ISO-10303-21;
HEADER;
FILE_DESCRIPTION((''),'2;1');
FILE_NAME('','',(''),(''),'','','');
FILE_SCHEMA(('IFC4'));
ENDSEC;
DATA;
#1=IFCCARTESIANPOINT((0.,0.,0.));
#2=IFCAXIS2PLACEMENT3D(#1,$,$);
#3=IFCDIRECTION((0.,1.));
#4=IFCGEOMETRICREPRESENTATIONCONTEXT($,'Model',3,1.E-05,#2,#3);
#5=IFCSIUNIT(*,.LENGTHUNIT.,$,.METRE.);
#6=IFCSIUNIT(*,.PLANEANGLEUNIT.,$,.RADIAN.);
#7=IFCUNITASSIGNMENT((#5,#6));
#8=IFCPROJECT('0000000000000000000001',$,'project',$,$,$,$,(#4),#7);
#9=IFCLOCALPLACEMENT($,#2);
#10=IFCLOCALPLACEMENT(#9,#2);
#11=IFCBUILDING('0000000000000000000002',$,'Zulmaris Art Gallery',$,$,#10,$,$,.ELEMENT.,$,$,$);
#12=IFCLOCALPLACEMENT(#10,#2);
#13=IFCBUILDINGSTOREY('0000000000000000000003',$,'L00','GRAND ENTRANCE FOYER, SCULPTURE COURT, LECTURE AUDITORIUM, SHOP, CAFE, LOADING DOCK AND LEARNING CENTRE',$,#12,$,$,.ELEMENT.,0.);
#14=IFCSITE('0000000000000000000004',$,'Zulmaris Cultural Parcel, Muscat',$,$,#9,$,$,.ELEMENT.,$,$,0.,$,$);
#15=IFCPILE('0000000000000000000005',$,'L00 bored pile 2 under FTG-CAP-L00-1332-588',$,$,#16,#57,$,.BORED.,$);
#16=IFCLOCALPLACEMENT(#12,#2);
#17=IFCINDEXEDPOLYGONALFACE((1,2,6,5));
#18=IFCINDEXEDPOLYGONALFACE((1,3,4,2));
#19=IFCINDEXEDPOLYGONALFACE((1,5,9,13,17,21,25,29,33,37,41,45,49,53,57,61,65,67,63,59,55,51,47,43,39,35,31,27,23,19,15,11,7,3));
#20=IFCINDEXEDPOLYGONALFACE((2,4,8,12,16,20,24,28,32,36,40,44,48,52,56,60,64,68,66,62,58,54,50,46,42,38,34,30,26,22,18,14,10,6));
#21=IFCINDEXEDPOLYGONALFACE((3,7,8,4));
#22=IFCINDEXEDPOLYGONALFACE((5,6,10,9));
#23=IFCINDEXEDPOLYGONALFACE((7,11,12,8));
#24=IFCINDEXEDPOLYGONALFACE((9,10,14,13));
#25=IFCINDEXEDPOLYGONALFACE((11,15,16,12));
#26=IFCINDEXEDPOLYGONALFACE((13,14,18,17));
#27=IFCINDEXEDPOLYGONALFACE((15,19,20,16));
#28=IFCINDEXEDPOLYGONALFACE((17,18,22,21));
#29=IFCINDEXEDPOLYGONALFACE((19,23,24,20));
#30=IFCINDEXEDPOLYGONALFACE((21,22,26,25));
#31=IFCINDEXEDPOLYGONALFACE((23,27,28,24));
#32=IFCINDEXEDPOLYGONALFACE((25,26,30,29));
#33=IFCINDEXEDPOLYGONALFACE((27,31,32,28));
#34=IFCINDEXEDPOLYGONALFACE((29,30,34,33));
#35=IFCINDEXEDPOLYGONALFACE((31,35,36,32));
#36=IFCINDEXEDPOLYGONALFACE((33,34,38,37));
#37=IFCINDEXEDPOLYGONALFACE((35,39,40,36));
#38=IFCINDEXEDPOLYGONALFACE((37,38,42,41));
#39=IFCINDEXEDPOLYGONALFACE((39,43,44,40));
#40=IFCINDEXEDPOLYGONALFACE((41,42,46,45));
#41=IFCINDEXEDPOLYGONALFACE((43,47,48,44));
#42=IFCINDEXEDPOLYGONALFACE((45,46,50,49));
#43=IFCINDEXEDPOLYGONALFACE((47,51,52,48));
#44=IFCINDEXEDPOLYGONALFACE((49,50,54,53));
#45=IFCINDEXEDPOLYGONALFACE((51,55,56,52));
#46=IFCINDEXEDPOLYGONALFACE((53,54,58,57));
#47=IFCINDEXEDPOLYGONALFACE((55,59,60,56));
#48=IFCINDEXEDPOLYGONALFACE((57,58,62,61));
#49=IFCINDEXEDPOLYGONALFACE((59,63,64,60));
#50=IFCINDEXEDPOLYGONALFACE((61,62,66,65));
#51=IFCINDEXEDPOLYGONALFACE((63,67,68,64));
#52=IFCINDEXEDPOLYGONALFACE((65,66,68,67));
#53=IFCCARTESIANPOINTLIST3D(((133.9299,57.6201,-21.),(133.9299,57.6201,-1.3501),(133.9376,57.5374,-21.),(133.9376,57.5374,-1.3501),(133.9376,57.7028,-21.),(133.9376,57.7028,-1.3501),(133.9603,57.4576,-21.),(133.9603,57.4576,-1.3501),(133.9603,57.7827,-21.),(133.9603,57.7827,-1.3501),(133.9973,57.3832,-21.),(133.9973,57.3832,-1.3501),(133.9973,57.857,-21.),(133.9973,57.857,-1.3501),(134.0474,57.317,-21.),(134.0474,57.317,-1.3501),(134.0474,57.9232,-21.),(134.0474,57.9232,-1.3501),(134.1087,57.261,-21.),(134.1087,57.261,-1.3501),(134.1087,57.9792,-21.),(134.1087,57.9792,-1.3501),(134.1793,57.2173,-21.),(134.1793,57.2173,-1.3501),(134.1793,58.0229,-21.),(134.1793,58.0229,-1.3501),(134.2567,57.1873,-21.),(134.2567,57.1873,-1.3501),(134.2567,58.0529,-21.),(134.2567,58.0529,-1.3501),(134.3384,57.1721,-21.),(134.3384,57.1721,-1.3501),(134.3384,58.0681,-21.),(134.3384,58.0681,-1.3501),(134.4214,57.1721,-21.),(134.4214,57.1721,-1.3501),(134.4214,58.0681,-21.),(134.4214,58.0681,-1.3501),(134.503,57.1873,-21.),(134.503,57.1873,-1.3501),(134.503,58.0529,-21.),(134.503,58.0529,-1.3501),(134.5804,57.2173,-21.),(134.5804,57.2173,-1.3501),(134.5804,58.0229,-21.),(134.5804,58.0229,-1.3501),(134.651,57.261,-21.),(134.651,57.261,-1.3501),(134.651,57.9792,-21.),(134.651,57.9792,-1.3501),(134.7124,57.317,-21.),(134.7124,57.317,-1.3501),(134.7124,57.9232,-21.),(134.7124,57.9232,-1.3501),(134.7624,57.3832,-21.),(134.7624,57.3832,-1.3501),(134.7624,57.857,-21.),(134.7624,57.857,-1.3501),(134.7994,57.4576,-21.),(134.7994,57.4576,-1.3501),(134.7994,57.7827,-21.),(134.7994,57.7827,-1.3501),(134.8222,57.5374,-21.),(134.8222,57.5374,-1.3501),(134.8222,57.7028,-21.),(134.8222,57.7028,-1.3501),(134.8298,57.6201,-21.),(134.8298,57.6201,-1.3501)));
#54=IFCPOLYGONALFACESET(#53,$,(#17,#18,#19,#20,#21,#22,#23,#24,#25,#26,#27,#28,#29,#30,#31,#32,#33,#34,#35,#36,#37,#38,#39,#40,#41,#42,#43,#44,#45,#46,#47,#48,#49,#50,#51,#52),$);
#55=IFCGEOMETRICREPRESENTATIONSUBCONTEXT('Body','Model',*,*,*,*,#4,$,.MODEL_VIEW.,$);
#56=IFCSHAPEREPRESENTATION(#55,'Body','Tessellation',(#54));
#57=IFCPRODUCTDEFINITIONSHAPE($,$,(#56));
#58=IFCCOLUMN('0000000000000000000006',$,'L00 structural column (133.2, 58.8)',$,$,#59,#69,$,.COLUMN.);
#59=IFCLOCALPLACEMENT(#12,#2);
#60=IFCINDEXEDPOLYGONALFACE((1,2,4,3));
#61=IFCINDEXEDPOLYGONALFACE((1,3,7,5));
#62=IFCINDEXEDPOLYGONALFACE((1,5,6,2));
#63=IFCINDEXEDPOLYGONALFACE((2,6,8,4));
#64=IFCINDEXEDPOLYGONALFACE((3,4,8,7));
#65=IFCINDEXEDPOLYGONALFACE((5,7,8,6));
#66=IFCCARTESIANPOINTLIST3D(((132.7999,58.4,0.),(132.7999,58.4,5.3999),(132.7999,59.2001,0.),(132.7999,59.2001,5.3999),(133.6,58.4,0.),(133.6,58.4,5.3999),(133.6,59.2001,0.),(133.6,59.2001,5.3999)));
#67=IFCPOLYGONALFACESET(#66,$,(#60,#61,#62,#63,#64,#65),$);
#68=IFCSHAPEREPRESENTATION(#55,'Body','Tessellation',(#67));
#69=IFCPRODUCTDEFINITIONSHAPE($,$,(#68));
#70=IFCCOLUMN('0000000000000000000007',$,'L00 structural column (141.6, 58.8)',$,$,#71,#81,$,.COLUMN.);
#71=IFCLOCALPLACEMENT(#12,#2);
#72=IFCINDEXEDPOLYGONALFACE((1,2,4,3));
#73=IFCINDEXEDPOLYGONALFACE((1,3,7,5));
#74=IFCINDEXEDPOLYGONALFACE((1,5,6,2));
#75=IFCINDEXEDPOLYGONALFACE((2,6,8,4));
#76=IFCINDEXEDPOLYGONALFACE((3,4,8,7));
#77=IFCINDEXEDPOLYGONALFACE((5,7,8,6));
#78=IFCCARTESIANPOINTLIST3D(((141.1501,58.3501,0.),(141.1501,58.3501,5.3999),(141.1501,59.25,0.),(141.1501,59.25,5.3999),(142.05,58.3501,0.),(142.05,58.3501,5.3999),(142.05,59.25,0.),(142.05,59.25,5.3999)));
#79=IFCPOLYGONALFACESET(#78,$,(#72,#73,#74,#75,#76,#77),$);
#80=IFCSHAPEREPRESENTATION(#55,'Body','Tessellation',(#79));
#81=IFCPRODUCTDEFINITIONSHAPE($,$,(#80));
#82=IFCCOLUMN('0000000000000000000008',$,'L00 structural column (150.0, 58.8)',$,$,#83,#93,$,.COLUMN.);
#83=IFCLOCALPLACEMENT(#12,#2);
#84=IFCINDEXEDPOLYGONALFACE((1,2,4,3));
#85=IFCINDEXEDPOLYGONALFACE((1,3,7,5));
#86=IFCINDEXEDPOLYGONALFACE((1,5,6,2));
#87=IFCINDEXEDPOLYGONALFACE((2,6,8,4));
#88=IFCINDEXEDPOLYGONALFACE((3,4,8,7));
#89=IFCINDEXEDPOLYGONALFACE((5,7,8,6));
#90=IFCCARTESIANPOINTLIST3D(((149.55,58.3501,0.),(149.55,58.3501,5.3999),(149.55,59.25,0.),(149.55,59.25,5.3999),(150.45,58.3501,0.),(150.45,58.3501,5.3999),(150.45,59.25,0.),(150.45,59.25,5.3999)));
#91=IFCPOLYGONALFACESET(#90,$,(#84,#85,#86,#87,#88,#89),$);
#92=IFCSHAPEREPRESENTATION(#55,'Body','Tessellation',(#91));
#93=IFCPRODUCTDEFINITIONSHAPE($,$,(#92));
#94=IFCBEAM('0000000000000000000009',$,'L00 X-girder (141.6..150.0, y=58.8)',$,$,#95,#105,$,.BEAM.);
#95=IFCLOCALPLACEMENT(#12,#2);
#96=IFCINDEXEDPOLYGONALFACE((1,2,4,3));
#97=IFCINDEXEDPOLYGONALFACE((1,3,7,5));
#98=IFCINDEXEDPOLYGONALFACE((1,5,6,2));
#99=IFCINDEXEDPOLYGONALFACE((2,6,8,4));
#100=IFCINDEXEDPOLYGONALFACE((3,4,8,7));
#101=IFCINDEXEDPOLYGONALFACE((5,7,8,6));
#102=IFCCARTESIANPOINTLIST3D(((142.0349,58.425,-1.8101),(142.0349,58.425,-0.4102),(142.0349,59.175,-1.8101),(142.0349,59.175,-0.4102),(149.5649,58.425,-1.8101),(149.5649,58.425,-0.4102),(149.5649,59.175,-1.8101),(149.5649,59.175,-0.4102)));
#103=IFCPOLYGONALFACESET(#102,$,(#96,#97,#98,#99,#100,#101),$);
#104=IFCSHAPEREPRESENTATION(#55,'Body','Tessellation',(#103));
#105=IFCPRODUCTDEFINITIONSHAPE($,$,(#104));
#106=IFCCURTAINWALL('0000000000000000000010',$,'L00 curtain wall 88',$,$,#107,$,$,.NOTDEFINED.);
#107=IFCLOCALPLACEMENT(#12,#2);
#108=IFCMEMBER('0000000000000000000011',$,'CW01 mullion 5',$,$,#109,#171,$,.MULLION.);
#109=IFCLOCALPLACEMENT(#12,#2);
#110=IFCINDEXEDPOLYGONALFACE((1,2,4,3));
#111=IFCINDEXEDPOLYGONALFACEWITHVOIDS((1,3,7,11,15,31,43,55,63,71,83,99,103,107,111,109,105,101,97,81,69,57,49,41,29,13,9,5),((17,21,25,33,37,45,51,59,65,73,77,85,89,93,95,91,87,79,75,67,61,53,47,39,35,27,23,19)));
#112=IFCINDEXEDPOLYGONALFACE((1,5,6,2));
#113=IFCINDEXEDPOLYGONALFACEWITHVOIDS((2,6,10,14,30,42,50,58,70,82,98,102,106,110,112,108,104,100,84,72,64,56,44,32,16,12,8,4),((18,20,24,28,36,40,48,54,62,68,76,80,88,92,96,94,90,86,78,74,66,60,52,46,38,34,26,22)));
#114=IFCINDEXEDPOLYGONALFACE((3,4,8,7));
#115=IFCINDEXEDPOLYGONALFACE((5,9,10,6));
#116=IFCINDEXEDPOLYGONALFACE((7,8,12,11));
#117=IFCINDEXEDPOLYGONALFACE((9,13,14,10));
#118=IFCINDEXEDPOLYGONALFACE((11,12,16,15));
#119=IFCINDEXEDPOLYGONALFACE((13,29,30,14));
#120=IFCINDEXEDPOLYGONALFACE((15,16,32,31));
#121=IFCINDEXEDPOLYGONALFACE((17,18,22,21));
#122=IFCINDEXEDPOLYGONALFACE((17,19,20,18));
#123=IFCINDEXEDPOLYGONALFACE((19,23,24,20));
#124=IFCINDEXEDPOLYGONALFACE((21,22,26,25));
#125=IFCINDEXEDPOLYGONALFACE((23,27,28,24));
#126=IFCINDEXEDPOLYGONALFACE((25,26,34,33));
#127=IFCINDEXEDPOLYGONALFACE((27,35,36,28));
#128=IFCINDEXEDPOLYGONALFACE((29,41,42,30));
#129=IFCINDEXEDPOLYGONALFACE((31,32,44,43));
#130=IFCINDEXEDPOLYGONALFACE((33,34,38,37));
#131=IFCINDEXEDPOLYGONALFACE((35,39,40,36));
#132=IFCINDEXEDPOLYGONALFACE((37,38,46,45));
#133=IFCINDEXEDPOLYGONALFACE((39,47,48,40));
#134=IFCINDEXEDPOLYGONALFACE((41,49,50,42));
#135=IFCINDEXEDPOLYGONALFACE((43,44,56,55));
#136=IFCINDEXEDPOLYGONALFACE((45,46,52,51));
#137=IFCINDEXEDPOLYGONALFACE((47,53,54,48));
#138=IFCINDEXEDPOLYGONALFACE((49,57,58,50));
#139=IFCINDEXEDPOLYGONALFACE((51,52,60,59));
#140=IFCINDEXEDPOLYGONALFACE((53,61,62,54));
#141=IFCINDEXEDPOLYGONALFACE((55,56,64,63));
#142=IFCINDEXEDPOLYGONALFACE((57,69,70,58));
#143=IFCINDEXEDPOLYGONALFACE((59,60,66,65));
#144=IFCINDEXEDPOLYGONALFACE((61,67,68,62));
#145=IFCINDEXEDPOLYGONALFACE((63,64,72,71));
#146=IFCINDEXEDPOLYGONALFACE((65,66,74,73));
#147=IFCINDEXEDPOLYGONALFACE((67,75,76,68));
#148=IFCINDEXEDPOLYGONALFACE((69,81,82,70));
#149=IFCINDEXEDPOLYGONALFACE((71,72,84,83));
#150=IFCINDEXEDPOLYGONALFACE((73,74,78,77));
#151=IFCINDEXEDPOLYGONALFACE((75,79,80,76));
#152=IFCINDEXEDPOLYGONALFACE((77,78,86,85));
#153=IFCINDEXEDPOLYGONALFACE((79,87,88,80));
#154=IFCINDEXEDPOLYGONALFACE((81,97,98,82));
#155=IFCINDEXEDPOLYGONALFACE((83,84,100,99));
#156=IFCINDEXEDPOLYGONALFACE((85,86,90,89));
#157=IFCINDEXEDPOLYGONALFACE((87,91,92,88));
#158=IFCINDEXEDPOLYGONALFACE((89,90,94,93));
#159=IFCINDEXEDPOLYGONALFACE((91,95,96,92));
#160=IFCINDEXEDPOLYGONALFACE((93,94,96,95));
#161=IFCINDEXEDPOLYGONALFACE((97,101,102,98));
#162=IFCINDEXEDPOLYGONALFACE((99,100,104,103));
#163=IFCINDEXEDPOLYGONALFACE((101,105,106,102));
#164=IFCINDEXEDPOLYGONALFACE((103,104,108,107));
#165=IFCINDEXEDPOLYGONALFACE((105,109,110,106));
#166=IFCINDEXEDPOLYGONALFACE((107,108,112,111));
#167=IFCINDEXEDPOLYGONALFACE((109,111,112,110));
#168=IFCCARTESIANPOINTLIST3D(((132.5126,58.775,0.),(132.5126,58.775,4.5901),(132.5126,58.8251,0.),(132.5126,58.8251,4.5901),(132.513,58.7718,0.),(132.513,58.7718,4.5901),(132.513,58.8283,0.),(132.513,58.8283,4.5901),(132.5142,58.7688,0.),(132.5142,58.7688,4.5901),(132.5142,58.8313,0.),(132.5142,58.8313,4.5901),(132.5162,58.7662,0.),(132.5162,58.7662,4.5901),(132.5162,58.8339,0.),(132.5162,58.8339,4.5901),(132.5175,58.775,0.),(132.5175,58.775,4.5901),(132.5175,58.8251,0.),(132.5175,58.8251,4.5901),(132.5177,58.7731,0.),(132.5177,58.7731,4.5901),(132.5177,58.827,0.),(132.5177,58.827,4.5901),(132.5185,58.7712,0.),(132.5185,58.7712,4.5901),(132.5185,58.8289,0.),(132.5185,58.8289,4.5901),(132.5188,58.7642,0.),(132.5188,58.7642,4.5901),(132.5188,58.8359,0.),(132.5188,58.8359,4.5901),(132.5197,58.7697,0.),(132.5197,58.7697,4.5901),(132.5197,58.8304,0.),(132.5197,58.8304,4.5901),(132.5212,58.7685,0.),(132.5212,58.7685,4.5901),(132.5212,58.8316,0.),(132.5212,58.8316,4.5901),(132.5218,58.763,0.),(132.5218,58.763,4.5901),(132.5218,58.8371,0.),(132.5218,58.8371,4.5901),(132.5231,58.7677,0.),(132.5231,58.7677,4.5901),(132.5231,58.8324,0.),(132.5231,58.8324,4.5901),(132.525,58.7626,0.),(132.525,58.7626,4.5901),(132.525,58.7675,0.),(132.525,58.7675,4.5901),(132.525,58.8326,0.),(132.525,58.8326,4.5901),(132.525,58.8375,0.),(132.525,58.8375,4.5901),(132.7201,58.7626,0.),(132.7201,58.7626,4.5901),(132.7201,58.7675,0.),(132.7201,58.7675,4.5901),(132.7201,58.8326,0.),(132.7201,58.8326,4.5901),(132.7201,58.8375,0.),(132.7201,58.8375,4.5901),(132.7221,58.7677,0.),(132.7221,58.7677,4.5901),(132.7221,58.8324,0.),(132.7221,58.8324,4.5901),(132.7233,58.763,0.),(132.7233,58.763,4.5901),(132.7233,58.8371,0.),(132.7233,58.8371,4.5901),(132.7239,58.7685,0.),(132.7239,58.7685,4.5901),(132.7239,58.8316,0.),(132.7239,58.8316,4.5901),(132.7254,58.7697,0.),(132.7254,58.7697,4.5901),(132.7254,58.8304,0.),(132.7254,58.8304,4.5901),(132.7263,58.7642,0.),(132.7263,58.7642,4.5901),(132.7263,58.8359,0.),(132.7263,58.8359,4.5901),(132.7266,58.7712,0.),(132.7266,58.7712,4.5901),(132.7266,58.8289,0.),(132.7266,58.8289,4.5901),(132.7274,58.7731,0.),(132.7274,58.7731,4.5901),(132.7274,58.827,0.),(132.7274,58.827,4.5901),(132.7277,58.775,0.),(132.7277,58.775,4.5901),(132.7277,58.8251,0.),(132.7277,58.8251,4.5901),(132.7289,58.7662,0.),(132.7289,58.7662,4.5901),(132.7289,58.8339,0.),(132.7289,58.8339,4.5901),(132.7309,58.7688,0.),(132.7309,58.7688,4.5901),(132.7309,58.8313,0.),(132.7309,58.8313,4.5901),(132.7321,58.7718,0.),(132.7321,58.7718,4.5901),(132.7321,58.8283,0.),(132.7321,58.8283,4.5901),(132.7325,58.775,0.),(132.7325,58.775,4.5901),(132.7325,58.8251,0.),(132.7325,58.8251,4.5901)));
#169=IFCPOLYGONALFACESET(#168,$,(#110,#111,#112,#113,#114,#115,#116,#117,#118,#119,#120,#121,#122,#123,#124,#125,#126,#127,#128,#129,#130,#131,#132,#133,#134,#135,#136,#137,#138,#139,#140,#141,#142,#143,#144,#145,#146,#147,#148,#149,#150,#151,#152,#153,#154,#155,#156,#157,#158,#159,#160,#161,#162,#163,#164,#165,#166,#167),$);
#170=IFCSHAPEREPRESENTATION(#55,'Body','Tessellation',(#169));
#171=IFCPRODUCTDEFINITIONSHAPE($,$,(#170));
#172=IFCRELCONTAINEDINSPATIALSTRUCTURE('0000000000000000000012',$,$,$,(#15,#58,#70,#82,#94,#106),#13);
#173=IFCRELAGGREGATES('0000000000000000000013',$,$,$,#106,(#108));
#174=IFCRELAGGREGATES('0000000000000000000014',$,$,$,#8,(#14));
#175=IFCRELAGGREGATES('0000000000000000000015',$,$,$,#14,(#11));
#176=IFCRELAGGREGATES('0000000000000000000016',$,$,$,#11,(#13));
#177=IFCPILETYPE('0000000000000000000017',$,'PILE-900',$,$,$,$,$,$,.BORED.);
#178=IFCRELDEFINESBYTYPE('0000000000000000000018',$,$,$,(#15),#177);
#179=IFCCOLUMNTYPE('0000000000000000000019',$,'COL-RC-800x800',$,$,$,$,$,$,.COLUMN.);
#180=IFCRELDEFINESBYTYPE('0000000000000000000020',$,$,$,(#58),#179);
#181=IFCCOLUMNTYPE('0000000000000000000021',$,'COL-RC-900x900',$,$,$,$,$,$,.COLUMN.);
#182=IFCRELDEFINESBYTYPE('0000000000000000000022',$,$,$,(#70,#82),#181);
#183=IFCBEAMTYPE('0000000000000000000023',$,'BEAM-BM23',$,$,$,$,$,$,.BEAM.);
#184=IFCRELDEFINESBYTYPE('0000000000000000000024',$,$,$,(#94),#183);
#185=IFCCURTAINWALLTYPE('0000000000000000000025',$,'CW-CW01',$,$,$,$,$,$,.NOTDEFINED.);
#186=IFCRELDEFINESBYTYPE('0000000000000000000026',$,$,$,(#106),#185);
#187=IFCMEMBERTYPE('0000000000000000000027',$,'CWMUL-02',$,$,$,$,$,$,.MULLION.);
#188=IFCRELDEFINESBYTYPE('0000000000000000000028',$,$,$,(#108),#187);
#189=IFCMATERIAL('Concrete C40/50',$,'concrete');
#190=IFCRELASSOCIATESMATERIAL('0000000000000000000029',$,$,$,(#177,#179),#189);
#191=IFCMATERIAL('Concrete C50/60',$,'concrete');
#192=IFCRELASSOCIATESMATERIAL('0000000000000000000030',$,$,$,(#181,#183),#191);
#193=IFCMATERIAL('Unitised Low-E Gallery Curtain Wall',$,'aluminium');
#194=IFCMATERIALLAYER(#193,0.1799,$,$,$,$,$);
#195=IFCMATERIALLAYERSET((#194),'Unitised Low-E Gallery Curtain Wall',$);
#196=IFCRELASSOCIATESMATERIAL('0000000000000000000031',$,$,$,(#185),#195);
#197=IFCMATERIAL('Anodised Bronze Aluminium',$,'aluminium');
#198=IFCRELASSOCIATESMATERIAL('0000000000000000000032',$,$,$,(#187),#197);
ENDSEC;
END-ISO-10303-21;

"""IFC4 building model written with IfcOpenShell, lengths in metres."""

from ifc_helpers import new_model, si_unit, direction, frame, origin, origin_2d, place, context, subcontext, project, spatial, rectangle, hollow_rectangle, circle, extrude, material, layer, layer_set, material_profile, profile_set, type_object, element, aggregate, save


model = new_model("IFC4")

# Units and contexts
model_context = context("Model", 3, precision=1e-05, world=origin(), true_north=direction((0.0, 1.0)))
body_context = subcontext(model_context, "Body", "Model", "MODEL_VIEW")
ifc_project = project(units=[si_unit("LENGTHUNIT", "METRE"), si_unit("PLANEANGLEUNIT", "RADIAN")], contexts=[model_context])

# Site, building, storey
site_placement = place(None, origin())
site = spatial("IfcSite", under=ifc_project, at=site_placement, Name="Zulmaris Cultural Parcel, Muscat", CompositionType="ELEMENT", RefElevation=0.0)
building_placement = place(site_placement, origin())
building = spatial("IfcBuilding", under=site, at=building_placement, Name="Zulmaris Art Gallery", CompositionType="ELEMENT")
storey_placement = place(building_placement, origin())
storey = spatial("IfcBuildingStorey", under=building, at=storey_placement, Name="L00", Description="GRAND ENTRANCE FOYER, SCULPTURE COURT, LECTURE AUDITORIUM, SHOP, CAFE, LOADING DOCK AND LEARNING CENTRE", CompositionType="ELEMENT", Elevation=0.0)

# Pile
ifc_material_1 = material(Name="Concrete C40/50", Category="concrete")
ifc_material_profile_1 = material_profile(ifc_material_1, circle(Radius=0.45, at=origin_2d()), Name="PILE DIA 900")
ifc_profile_set_1 = profile_set([ifc_material_profile_1], Name="Concrete C40/50")
pile_type = type_object("IfcPileType", Name="PILE-900", PredefinedType="BORED", material=ifc_profile_set_1)
pile_placement = place(storey_placement, frame((134.3799, 57.6201, -1.3501), z_axis=(0.0, 0.0, -1.0), x_axis=(1.0, 0.0, 0.0)))
element("IfcPile", 1, at=pile_placement, inside=storey, type_object=pile_type, Name="L00 bored pile 2 under FTG-CAP-L00-1332-588", PredefinedType="BORED", context=body_context, shape_type="SweptSolid", body=[
    extrude(circle(Radius=0.45, at=origin_2d()), origin(), (0.0, 0.0, 1.0), 19.6499),
])

# Columns
ifc_material_profile_2 = material_profile(ifc_material_1, rectangle(XDim=0.8, YDim=0.8, at=origin_2d()), Name="RC 800x800")
ifc_profile_set_2 = profile_set([ifc_material_profile_2], Name="Concrete C40/50")
column_type_1 = type_object("IfcColumnType", Name="COL-RC-800x800", PredefinedType="COLUMN", material=ifc_profile_set_2)
column_placement = place(storey_placement, frame((133.2, 58.8, 0.0), z_axis=(0.0, 0.0, 1.0), x_axis=(1.0, 0.0, 0.0)))
element("IfcColumn", 2, at=column_placement, inside=storey, type_object=column_type_1, Name="L00 structural column (133.2, 58.8)", PredefinedType="COLUMN", context=body_context, shape_type="SweptSolid", body=[
    extrude(rectangle(XDim=0.8, YDim=0.8, at=origin_2d()), origin(), (0.0, 0.0, 1.0), 5.3999),
])
ifc_material_2 = material(Name="Concrete C50/60", Category="concrete")
ifc_material_profile_3 = material_profile(ifc_material_2, rectangle(XDim=0.8999, YDim=0.8999, at=origin_2d()), Name="RC 900x900")
ifc_profile_set_3 = profile_set([ifc_material_profile_3], Name="Concrete C50/60")
column_type_2 = type_object("IfcColumnType", Name="COL-RC-900x900", PredefinedType="COLUMN", material=ifc_profile_set_3)
for number, where, z_axis, x_axis, name in (
    (3, (141.6001, 58.8, 0.0), (0.0, 0.0, 1.0), (1.0, 0.0, 0.0), "L00 structural column (141.6, 58.8)"),
    (4, (150.0, 58.8, 0.0), (0.0, 0.0, 1.0), (1.0, 0.0, 0.0), "L00 structural column (150.0, 58.8)"),
):
    element("IfcColumn", number, at=place(storey_placement, frame(where, z_axis=z_axis, x_axis=x_axis)), inside=storey, type_object=column_type_2, Name=name, PredefinedType="COLUMN", context=body_context, shape_type="SweptSolid", body=[
        extrude(rectangle(XDim=0.8999, YDim=0.8999, at=origin_2d()), origin(), (0.0, 0.0, 1.0), 5.3999),
    ])

# Beam
ifc_material_profile_4 = material_profile(ifc_material_2, rectangle(XDim=0.75, YDim=1.3999, at=origin_2d()), Name="RC 750x1400")
ifc_profile_set_4 = profile_set([ifc_material_profile_4], Name="Concrete C50/60")
beam_type = type_object("IfcBeamType", Name="BEAM-BM23", PredefinedType="BEAM", material=ifc_profile_set_4)
beam_placement = place(storey_placement, frame((142.0349, 58.8, -1.1101), z_axis=(1.0, 0.0, 0.0), x_axis=(0.0, 1.0, 0.0)))
element("IfcBeam", 5, at=beam_placement, inside=storey, type_object=beam_type, Name="L00 X-girder (141.6..150.0, y=58.8)", PredefinedType="BEAM", context=body_context, shape_type="SweptSolid", body=[
    extrude(rectangle(XDim=0.75, YDim=1.3999, at=origin_2d()), origin(), (0.0, 0.0, 1.0), 7.53),
])

# Curtain wall, member
ifc_material_3 = material(Name="Unitised Low-E Gallery Curtain Wall", Category="aluminium")
ifc_layer_1 = layer(ifc_material_3, 0.1799)
ifc_layer_set_1 = layer_set([ifc_layer_1], Name="Unitised Low-E Gallery Curtain Wall")
curtain_wall_type = type_object("IfcCurtainWallType", Name="CW-CW01", PredefinedType="NOTDEFINED", material=ifc_layer_set_1)
curtain_wall_1_placement = place(storey_placement, origin())
curtain_wall_1 = element("IfcCurtainWall", 6, at=curtain_wall_1_placement, inside=storey, type_object=curtain_wall_type, Name="L00 curtain wall 88", PredefinedType="NOTDEFINED")
ifc_material_4 = material(Name="Anodised Bronze Aluminium", Category="aluminium")
ifc_material_profile_5 = material_profile(ifc_material_4, hollow_rectangle(XDim=0.075, YDim=0.22, WallThickness=0.0049, InnerFilletRadius=0.0076, OuterFilletRadius=0.0125, at=origin_2d()), Name="ALU 75x220x5")
ifc_profile_set_5 = profile_set([ifc_material_profile_5], Name="Anodised Bronze Aluminium")
member_type_1 = type_object("IfcMemberType", Name="CWMUL-02", PredefinedType="MULLION", material=ifc_profile_set_5)
member_1_placement = place(storey_placement, frame((132.6226, 58.8, 0.0), z_axis=(0.0, 0.0, 1.0), x_axis=(0.0, 1.0, 0.0)))
member_1 = element("IfcMember", 7, at=member_1_placement, type_object=member_type_1, Name="CW01 mullion 5", PredefinedType="MULLION", context=body_context, shape_type="SweptSolid", body=[
    extrude(hollow_rectangle(XDim=0.075, YDim=0.22, WallThickness=0.0049, InnerFilletRadius=0.0076, OuterFilletRadius=0.0125, at=origin_2d()), origin(), (0.0, 0.0, 1.0), 4.5901),
])
aggregate(curtain_wall_1, [member_1])

save(model, "model.ifc")
